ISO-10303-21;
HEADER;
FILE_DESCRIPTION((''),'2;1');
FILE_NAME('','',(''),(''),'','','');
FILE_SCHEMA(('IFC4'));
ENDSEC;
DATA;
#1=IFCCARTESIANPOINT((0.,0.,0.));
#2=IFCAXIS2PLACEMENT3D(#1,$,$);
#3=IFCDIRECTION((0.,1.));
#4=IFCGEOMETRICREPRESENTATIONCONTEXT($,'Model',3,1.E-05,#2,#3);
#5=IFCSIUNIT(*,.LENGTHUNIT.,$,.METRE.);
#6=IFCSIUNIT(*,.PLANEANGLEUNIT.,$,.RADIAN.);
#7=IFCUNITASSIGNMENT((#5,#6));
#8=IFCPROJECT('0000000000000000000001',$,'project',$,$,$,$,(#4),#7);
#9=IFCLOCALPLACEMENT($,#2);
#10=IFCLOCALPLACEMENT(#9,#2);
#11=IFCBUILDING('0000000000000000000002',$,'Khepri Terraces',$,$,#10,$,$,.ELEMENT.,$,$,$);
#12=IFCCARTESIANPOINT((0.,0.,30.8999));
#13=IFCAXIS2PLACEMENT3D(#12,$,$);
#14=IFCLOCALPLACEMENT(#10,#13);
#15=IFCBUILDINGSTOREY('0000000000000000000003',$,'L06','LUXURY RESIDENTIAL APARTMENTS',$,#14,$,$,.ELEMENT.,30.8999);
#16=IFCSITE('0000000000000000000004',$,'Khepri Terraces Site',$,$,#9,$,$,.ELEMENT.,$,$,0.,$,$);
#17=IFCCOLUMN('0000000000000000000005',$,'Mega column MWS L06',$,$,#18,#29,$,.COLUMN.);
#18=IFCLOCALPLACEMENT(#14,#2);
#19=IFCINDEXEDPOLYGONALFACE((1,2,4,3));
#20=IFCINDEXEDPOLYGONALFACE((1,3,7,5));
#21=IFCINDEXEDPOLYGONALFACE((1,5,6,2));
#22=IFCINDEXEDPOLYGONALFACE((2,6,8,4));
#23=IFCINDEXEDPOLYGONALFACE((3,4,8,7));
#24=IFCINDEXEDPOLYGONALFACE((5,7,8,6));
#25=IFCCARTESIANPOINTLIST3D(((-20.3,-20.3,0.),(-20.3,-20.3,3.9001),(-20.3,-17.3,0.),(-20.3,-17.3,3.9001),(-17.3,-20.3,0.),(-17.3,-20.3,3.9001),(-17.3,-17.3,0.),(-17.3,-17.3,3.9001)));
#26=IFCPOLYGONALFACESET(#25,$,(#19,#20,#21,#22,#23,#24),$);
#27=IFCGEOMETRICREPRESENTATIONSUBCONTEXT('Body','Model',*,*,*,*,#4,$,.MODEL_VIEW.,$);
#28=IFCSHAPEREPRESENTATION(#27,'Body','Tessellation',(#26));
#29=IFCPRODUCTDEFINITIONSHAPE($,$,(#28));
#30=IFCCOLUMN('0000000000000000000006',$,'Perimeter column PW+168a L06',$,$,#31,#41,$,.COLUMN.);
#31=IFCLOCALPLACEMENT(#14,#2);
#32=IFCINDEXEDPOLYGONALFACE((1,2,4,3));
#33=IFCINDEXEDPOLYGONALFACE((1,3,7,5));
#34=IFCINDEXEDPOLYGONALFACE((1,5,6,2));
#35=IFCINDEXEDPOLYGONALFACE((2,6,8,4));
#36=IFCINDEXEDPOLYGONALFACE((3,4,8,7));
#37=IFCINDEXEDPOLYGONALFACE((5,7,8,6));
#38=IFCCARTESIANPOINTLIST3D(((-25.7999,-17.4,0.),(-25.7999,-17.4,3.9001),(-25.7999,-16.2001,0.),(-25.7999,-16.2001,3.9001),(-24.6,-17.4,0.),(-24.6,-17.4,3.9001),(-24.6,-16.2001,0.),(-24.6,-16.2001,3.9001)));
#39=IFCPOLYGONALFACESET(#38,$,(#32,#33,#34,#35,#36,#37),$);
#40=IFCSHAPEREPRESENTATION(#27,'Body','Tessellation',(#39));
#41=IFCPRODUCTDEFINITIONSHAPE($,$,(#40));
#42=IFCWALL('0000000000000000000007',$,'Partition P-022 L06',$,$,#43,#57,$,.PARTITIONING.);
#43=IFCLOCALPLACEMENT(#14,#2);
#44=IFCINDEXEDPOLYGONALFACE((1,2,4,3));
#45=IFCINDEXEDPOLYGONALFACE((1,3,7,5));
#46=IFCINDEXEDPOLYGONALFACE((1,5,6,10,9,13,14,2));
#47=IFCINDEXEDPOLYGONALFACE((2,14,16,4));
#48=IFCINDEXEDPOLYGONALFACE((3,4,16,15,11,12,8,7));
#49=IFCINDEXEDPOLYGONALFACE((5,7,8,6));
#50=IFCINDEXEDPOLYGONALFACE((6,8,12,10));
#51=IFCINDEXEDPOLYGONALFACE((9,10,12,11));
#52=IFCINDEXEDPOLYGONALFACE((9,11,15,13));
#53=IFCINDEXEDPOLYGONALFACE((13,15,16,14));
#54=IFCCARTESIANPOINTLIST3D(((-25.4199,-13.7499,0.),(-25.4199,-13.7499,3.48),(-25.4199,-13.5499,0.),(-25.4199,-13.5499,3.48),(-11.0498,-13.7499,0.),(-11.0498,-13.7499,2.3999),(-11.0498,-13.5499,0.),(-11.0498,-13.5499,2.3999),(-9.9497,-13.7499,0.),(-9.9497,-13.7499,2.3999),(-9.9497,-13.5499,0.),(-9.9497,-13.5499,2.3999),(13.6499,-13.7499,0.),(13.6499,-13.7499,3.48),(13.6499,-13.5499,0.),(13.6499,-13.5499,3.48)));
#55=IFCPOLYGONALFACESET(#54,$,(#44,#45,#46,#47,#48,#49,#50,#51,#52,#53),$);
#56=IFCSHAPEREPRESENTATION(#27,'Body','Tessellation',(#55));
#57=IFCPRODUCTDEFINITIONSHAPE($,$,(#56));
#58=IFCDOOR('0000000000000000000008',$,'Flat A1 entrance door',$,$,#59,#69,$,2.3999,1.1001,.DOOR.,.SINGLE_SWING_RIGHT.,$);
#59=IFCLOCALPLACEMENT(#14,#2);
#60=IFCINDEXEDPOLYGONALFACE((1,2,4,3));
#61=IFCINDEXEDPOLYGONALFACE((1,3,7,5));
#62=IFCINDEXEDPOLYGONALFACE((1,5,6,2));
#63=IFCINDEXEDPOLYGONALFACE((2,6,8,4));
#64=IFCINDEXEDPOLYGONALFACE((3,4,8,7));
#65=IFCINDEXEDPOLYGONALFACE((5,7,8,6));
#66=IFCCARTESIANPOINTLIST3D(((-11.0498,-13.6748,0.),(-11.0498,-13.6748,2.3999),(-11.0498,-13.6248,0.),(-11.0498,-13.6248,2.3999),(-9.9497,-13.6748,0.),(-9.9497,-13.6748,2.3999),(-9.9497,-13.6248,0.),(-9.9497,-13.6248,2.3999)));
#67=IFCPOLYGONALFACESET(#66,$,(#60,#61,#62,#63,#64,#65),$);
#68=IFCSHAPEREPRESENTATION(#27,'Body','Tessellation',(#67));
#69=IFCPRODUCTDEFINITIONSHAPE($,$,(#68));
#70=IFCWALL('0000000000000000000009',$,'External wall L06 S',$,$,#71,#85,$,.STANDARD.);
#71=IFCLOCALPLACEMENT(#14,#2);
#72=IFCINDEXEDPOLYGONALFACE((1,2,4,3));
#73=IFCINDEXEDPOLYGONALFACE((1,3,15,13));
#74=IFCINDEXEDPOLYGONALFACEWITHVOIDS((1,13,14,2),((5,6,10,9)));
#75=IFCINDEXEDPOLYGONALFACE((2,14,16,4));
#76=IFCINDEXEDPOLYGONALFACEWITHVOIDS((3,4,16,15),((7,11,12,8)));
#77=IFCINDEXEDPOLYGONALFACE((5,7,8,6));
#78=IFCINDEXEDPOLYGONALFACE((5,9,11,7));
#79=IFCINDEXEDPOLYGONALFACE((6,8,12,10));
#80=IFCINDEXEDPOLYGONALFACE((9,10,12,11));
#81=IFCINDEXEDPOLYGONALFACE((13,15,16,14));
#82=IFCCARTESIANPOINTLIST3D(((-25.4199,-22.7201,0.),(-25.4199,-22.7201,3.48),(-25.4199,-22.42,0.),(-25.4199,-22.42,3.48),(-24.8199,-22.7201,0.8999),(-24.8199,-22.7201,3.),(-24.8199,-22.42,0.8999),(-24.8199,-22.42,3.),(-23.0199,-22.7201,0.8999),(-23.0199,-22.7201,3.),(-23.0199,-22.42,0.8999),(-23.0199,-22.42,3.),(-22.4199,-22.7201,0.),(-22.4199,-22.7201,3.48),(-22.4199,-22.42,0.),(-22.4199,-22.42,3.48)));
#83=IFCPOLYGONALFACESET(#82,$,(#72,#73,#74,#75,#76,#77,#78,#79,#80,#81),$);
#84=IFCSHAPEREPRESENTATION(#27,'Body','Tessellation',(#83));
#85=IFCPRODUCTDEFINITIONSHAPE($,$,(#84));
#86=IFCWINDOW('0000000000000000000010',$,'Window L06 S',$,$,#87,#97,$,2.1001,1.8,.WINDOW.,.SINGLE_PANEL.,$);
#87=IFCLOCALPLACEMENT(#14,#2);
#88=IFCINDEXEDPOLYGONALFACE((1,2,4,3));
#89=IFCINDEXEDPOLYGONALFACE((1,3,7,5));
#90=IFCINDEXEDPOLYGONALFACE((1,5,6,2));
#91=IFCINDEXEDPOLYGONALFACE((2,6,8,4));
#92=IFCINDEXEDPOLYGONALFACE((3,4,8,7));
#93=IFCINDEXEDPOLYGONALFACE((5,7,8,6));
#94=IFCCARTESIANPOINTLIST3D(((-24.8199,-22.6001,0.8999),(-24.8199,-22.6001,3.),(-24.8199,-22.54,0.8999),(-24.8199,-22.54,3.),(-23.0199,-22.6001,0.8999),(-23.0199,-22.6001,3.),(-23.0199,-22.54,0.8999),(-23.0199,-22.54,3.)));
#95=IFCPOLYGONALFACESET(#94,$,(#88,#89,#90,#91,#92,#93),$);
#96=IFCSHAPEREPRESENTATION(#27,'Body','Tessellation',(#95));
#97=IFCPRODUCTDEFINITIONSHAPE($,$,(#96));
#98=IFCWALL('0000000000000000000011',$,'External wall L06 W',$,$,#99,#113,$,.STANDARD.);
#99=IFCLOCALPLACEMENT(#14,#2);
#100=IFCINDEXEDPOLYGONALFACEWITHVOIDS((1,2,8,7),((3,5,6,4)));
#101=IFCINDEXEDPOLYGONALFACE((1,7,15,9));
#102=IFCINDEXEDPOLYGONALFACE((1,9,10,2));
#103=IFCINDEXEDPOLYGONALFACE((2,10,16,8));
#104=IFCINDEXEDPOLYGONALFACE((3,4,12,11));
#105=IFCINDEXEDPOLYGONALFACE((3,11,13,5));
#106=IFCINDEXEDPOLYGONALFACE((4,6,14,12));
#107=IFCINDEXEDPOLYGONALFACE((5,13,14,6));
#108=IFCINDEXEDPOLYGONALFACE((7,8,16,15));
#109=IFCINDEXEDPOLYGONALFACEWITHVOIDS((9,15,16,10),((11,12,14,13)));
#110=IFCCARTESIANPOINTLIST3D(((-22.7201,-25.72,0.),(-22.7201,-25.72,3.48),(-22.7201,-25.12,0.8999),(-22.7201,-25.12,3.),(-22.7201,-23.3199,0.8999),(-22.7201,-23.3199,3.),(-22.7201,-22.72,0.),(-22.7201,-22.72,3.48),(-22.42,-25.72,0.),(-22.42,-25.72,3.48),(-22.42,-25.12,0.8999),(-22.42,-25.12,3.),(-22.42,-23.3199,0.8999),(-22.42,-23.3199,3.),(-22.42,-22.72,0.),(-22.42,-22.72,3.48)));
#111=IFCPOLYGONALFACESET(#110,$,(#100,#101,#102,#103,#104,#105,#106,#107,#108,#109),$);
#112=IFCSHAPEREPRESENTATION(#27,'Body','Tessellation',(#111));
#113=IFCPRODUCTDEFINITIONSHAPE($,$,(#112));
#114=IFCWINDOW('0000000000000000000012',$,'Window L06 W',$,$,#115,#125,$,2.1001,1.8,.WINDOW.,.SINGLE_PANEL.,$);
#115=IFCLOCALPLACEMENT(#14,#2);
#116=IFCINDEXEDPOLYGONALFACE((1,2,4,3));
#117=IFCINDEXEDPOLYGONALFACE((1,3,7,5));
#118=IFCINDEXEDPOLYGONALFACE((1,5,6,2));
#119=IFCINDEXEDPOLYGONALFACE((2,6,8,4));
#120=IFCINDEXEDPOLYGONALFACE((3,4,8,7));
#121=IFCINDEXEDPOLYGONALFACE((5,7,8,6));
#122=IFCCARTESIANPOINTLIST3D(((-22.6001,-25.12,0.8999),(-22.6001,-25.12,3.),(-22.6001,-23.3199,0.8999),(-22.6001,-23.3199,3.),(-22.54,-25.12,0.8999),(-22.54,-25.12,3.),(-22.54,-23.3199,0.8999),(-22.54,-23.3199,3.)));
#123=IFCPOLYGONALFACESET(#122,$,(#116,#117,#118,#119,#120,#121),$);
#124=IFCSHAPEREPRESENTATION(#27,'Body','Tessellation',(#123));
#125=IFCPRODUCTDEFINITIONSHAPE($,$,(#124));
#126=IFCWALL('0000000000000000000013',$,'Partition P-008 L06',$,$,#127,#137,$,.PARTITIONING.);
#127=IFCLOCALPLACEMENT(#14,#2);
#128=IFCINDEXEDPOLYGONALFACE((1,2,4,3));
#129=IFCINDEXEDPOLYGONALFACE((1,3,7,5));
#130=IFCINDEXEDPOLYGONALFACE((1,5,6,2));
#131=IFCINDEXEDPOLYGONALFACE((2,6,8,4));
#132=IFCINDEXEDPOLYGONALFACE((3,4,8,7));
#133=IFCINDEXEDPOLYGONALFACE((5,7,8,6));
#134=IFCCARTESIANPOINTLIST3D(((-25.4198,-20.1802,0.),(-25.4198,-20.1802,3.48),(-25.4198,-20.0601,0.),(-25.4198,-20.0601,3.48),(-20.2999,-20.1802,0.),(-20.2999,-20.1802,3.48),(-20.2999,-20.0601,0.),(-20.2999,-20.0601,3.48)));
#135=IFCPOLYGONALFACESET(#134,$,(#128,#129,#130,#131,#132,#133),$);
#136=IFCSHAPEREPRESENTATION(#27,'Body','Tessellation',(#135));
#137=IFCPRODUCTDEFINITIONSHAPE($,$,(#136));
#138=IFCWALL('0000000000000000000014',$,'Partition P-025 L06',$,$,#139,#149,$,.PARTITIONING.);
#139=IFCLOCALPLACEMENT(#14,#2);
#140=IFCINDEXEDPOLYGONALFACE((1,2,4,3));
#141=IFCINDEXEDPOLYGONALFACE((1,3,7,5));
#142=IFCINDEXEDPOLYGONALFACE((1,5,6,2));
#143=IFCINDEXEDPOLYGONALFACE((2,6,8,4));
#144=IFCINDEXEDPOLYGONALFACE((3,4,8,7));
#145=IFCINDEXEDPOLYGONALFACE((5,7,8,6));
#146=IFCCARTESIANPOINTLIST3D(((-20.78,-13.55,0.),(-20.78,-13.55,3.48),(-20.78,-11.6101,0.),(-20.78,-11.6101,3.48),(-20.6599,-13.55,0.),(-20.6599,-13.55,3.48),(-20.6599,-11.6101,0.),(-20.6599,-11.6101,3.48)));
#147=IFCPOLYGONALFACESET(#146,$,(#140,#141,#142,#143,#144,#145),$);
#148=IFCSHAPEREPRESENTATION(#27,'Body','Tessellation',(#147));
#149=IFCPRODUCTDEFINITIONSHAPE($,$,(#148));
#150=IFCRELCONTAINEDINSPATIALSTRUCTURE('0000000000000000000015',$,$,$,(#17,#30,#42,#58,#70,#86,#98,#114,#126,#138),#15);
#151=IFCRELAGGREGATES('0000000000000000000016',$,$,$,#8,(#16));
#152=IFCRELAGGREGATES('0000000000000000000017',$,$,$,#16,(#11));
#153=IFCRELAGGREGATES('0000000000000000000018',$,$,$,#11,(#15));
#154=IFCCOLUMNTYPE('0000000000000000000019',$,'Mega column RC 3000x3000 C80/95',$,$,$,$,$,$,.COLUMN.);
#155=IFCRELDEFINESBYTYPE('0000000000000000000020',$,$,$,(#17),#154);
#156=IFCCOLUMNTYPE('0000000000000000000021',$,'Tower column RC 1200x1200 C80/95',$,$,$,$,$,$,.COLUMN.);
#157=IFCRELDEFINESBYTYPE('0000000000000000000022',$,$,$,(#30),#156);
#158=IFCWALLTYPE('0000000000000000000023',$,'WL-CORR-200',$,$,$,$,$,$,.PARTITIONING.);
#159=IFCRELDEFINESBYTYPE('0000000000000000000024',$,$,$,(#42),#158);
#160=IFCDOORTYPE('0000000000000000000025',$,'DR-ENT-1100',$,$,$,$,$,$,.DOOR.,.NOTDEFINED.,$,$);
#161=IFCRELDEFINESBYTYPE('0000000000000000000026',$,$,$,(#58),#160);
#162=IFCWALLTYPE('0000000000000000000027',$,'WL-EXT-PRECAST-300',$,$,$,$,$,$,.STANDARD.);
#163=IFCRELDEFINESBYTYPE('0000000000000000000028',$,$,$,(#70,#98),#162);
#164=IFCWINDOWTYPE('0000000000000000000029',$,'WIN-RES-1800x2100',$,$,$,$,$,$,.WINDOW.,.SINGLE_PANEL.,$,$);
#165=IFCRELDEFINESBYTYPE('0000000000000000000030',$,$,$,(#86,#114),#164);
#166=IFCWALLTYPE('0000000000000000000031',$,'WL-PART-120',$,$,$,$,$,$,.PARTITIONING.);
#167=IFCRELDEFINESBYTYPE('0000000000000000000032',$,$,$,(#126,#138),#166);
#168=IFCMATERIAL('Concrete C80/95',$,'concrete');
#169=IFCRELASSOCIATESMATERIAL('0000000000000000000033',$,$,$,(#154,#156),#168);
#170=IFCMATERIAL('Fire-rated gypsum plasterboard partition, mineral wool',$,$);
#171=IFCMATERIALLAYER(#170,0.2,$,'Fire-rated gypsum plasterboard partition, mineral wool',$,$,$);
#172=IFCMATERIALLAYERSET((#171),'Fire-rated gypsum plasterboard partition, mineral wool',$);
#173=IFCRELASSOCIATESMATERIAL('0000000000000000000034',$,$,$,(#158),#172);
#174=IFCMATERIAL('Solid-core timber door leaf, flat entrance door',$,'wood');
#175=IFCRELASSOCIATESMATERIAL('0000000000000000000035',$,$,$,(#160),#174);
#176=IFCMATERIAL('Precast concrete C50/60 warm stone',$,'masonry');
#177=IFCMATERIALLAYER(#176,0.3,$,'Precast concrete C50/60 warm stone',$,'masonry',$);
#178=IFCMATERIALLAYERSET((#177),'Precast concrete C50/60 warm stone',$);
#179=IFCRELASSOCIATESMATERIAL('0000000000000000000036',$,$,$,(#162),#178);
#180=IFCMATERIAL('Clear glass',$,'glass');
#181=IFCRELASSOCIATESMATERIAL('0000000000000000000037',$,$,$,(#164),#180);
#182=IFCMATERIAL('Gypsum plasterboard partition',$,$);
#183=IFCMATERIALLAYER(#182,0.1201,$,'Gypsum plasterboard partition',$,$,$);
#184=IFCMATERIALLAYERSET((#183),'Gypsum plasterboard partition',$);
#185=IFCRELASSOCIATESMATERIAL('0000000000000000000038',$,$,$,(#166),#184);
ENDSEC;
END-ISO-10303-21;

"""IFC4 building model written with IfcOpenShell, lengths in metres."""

from ifc_helpers import new_model, si_unit, direction, frame, frame_2d, origin, origin_2d, place, context, subcontext, project, spatial, rectangle, extrude, material, layer, layer_set, material_profile, profile_set, type_object, element, fill, save


model = new_model("IFC4")

# Units and contexts
model_context = context("Model", 3, precision=1e-05, world=origin(), true_north=direction((0.0, 1.0)))
body_context = subcontext(model_context, "Body", "Model", "MODEL_VIEW")
ifc_project = project(units=[si_unit("LENGTHUNIT", "METRE"), si_unit("PLANEANGLEUNIT", "RADIAN")], contexts=[model_context])

# Site, building, storey
site_placement = place(None, origin())
site = spatial("IfcSite", under=ifc_project, at=site_placement, Name="Khepri Terraces Site", CompositionType="ELEMENT", RefElevation=0.0)
building_placement = place(site_placement, origin())
building = spatial("IfcBuilding", under=site, at=building_placement, Name="Khepri Terraces", CompositionType="ELEMENT")
storey_placement = place(building_placement, frame((0.0, 0.0, 30.8999)))
storey = spatial("IfcBuildingStorey", under=building, at=storey_placement, Name="L06", Description="LUXURY RESIDENTIAL APARTMENTS", CompositionType="ELEMENT", Elevation=30.8999)

# Columns
ifc_material_1 = material(Name="Concrete C80/95", Category="concrete")
ifc_material_profile_1 = material_profile(ifc_material_1, rectangle(XDim=3.0, YDim=3.0, at=origin_2d()), Name="Concrete C80/95", Category="concrete")
ifc_profile_set_1 = profile_set([ifc_material_profile_1], Name="Concrete C80/95")
column_type_1 = type_object("IfcColumnType", Name="Mega column RC 3000x3000 C80/95", PredefinedType="COLUMN", material=ifc_profile_set_1)
column_1_placement = place(storey_placement, frame((-18.8, -18.8, 0.0), z_axis=(0.0, 0.0, 1.0), x_axis=(1.0, 0.0, 0.0)))
element("IfcColumn", 1, at=column_1_placement, inside=storey, type_object=column_type_1, Name="Mega column MWS L06", PredefinedType="COLUMN", context=body_context, shape_type="SweptSolid", body=[
    extrude(rectangle(XDim=3.0, YDim=3.0, at=origin_2d()), origin(), (0.0, 0.0, 1.0), 3.9001),
])
ifc_material_profile_2 = material_profile(ifc_material_1, rectangle(XDim=1.2, YDim=1.2, at=origin_2d()), Name="Concrete C80/95", Category="concrete")
ifc_profile_set_2 = profile_set([ifc_material_profile_2], Name="Concrete C80/95")
column_type_2 = type_object("IfcColumnType", Name="Tower column RC 1200x1200 C80/95", PredefinedType="COLUMN", material=ifc_profile_set_2)
column_2_placement = place(storey_placement, frame((-25.2, -16.8, 0.0), z_axis=(0.0, 0.0, 1.0), x_axis=(1.0, 0.0, 0.0)))
element("IfcColumn", 2, at=column_2_placement, inside=storey, type_object=column_type_2, Name="Perimeter column PW+168a L06", PredefinedType="COLUMN", context=body_context, shape_type="SweptSolid", body=[
    extrude(rectangle(XDim=1.2, YDim=1.2, at=origin_2d()), origin(), (0.0, 0.0, 1.0), 3.9001),
])

# Wall, opening, door
ifc_material_2 = material(Name="Fire-rated gypsum plasterboard partition, mineral wool")
ifc_layer_1 = layer(ifc_material_2, 0.2, Name="Fire-rated gypsum plasterboard partition, mineral wool")
ifc_layer_set_1 = layer_set([ifc_layer_1], Name="Fire-rated gypsum plasterboard partition, mineral wool")
wall_type_1 = type_object("IfcWallType", Name="WL-CORR-200", PredefinedType="PARTITIONING", material=ifc_layer_set_1)
wall_1_placement = place(storey_placement, frame((-25.4199, -13.6499, 0.0), z_axis=(0.0, 0.0, 1.0), x_axis=(1.0, 0.0, 0.0)))
wall_1 = element("IfcWall", 3, at=wall_1_placement, inside=storey, type_object=wall_type_1, Name="Partition P-022 L06", PredefinedType="PARTITIONING", context=body_context, shape_type="SweptSolid", body=[
    extrude(rectangle(XDim=39.0698, YDim=0.2, at=frame_2d((19.5349, 0.0))), origin(), (0.0, 0.0, 1.0), 3.48),
])
opening_1_placement = place(wall_1_placement, frame((14.3701, 0.0, 0.0)))
opening_1 = element("IfcOpeningElement", 4, at=opening_1_placement, cuts=wall_1, PredefinedType="OPENING", context=body_context, shape_type="SweptSolid", body=[
    extrude(rectangle(XDim=1.1001, YDim=2.3999, at=frame_2d((0.55, 1.2))), frame((0.0, 0.1099, 0.0), z_axis=(0.0, -1.0, 0.0), x_axis=(1.0, 0.0, 0.0)), (0.0, 0.0, 1.0), 0.22),
])
ifc_material_3 = material(Name="Solid-core timber door leaf, flat entrance door", Category="wood")
door_type_1 = type_object("IfcDoorType", Name="DR-ENT-1100", OperationType="NOTDEFINED", PredefinedType="DOOR", material=ifc_material_3)
door_1_placement = place(opening_1_placement, frame((1.1001, 0.0, 0.0), z_axis=(0.0, 0.0, 1.0), x_axis=(-1.0, 0.0, 0.0)))
door_1 = element("IfcDoor", 5, at=door_1_placement, inside=storey, type_object=door_type_1, Name="Flat A1 entrance door", OperationType="SINGLE_SWING_RIGHT", OverallHeight=2.3999, OverallWidth=1.1001, PredefinedType="DOOR", context=body_context, shape_type="SweptSolid", body=[
    extrude(rectangle(XDim=1.1001, YDim=2.3999, at=frame_2d((0.55, 1.2))), frame((0.0, 0.0249, 0.0), z_axis=(0.0, -1.0, 0.0), x_axis=(1.0, 0.0, 0.0)), (0.0, 0.0, 1.0), 0.05),
])
fill(opening_1, door_1)

# Shared definitions
ifc_material_4 = material(Name="Precast concrete C50/60 warm stone", Category="masonry")
ifc_layer_2 = layer(ifc_material_4, 0.3, Name="Precast concrete C50/60 warm stone", Category="masonry")
ifc_layer_set_2 = layer_set([ifc_layer_2], Name="Precast concrete C50/60 warm stone")
wall_type_2 = type_object("IfcWallType", Name="WL-EXT-PRECAST-300", PredefinedType="STANDARD", material=ifc_layer_set_2)
ifc_material_5 = material(Name="Clear glass", Category="glass")
window_type = type_object("IfcWindowType", Name="WIN-RES-1800x2100", PartitioningType="SINGLE_PANEL", PredefinedType="WINDOW", material=ifc_material_5)

# Walls, openings, windows
wall_2_placement = place(storey_placement, frame((-25.4199, -22.5701, 0.0), z_axis=(0.0, 0.0, 1.0), x_axis=(1.0, 0.0, 0.0)))
wall_2 = element("IfcWall", 6, at=wall_2_placement, inside=storey, type_object=wall_type_2, Name="External wall L06 S", PredefinedType="STANDARD", context=body_context, shape_type="SweptSolid", body=[
    extrude(rectangle(XDim=3.0, YDim=0.3, at=frame_2d((1.5, 0.0))), origin(), (0.0, 0.0, 1.0), 3.48),
])
opening_2_placement = place(wall_2_placement, frame((0.6001, 0.0, 0.8999)))
opening_2 = element("IfcOpeningElement", 7, at=opening_2_placement, cuts=wall_2, PredefinedType="OPENING", context=body_context, shape_type="SweptSolid", body=[
    extrude(rectangle(XDim=1.8, YDim=2.1001, at=frame_2d((0.8999, 1.05))), frame((0.0, 0.1602, 0.0), z_axis=(0.0, -1.0, 0.0), x_axis=(1.0, 0.0, 0.0)), (0.0, 0.0, 1.0), 0.3201),
])
window_1_placement = place(opening_2_placement, origin())
window_1 = element("IfcWindow", 8, at=window_1_placement, inside=storey, type_object=window_type, Name="Window L06 S", OverallHeight=2.1001, OverallWidth=1.8, PartitioningType="SINGLE_PANEL", PredefinedType="WINDOW", context=body_context, shape_type="SweptSolid", body=[
    extrude(rectangle(XDim=1.8, YDim=2.1001, at=frame_2d((0.8999, 1.05))), frame((0.0, 0.03, 0.0), z_axis=(0.0, -1.0, 0.0), x_axis=(1.0, 0.0, 0.0)), (0.0, 0.0, 1.0), 0.0601),
])
fill(opening_2, window_1)
wall_3_placement = place(storey_placement, frame((-22.5701, -22.72, 0.0), z_axis=(0.0, 0.0, 1.0), x_axis=(0.0, -1.0, 0.0)))
wall_3 = element("IfcWall", 9, at=wall_3_placement, inside=storey, type_object=wall_type_2, Name="External wall L06 W", PredefinedType="STANDARD", context=body_context, shape_type="SweptSolid", body=[
    extrude(rectangle(XDim=3.0, YDim=0.3, at=frame_2d((1.5, 0.0))), origin(), (0.0, 0.0, 1.0), 3.48),
])
opening_3_placement = place(wall_3_placement, frame((0.6001, 0.0, 0.8999)))
opening_3 = element("IfcOpeningElement", 10, at=opening_3_placement, cuts=wall_3, PredefinedType="OPENING", context=body_context, shape_type="SweptSolid", body=[
    extrude(rectangle(XDim=1.8, YDim=2.1001, at=frame_2d((0.8999, 1.05))), frame((0.0, 0.1602, 0.0), z_axis=(0.0, -1.0, 0.0), x_axis=(1.0, 0.0, 0.0)), (0.0, 0.0, 1.0), 0.3201),
])
window_2_placement = place(opening_3_placement, origin())
window_2 = element("IfcWindow", 11, at=window_2_placement, inside=storey, type_object=window_type, Name="Window L06 W", OverallHeight=2.1001, OverallWidth=1.8, PartitioningType="SINGLE_PANEL", PredefinedType="WINDOW", context=body_context, shape_type="SweptSolid", body=[
    extrude(rectangle(XDim=1.8, YDim=2.1001, at=frame_2d((0.8999, 1.05))), frame((0.0, 0.03, 0.0), z_axis=(0.0, -1.0, 0.0), x_axis=(1.0, 0.0, 0.0)), (0.0, 0.0, 1.0), 0.0601),
])
fill(opening_3, window_2)

# Walls
ifc_material_6 = material(Name="Gypsum plasterboard partition")
ifc_layer_3 = layer(ifc_material_6, 0.1201, Name="Gypsum plasterboard partition")
ifc_layer_set_3 = layer_set([ifc_layer_3], Name="Gypsum plasterboard partition")
wall_type_3 = type_object("IfcWallType", Name="WL-PART-120", PredefinedType="PARTITIONING", material=ifc_layer_set_3)
wall_4_placement = place(storey_placement, frame((-25.4199, -20.1201, 0.0), z_axis=(0.0, 0.0, 1.0), x_axis=(1.0, 0.0, 0.0)))
element("IfcWall", 12, at=wall_4_placement, inside=storey, type_object=wall_type_3, Name="Partition P-008 L06", PredefinedType="PARTITIONING", context=body_context, shape_type="SweptSolid", body=[
    extrude(rectangle(XDim=5.1199, YDim=0.1201, at=frame_2d((2.5601, 0.0))), origin(), (0.0, 0.0, 1.0), 3.48),
])
wall_5_placement = place(storey_placement, frame((-20.72, -13.55, 0.0), z_axis=(0.0, 0.0, 1.0), x_axis=(0.0, 1.0, 0.0)))
element("IfcWall", 13, at=wall_5_placement, inside=storey, type_object=wall_type_3, Name="Partition P-025 L06", PredefinedType="PARTITIONING", context=body_context, shape_type="SweptSolid", body=[
    extrude(rectangle(XDim=1.9399, YDim=0.1201, at=frame_2d((0.97, 0.0))), origin(), (0.0, 0.0, 1.0), 3.48),
])

save(model, "model.ifc")
